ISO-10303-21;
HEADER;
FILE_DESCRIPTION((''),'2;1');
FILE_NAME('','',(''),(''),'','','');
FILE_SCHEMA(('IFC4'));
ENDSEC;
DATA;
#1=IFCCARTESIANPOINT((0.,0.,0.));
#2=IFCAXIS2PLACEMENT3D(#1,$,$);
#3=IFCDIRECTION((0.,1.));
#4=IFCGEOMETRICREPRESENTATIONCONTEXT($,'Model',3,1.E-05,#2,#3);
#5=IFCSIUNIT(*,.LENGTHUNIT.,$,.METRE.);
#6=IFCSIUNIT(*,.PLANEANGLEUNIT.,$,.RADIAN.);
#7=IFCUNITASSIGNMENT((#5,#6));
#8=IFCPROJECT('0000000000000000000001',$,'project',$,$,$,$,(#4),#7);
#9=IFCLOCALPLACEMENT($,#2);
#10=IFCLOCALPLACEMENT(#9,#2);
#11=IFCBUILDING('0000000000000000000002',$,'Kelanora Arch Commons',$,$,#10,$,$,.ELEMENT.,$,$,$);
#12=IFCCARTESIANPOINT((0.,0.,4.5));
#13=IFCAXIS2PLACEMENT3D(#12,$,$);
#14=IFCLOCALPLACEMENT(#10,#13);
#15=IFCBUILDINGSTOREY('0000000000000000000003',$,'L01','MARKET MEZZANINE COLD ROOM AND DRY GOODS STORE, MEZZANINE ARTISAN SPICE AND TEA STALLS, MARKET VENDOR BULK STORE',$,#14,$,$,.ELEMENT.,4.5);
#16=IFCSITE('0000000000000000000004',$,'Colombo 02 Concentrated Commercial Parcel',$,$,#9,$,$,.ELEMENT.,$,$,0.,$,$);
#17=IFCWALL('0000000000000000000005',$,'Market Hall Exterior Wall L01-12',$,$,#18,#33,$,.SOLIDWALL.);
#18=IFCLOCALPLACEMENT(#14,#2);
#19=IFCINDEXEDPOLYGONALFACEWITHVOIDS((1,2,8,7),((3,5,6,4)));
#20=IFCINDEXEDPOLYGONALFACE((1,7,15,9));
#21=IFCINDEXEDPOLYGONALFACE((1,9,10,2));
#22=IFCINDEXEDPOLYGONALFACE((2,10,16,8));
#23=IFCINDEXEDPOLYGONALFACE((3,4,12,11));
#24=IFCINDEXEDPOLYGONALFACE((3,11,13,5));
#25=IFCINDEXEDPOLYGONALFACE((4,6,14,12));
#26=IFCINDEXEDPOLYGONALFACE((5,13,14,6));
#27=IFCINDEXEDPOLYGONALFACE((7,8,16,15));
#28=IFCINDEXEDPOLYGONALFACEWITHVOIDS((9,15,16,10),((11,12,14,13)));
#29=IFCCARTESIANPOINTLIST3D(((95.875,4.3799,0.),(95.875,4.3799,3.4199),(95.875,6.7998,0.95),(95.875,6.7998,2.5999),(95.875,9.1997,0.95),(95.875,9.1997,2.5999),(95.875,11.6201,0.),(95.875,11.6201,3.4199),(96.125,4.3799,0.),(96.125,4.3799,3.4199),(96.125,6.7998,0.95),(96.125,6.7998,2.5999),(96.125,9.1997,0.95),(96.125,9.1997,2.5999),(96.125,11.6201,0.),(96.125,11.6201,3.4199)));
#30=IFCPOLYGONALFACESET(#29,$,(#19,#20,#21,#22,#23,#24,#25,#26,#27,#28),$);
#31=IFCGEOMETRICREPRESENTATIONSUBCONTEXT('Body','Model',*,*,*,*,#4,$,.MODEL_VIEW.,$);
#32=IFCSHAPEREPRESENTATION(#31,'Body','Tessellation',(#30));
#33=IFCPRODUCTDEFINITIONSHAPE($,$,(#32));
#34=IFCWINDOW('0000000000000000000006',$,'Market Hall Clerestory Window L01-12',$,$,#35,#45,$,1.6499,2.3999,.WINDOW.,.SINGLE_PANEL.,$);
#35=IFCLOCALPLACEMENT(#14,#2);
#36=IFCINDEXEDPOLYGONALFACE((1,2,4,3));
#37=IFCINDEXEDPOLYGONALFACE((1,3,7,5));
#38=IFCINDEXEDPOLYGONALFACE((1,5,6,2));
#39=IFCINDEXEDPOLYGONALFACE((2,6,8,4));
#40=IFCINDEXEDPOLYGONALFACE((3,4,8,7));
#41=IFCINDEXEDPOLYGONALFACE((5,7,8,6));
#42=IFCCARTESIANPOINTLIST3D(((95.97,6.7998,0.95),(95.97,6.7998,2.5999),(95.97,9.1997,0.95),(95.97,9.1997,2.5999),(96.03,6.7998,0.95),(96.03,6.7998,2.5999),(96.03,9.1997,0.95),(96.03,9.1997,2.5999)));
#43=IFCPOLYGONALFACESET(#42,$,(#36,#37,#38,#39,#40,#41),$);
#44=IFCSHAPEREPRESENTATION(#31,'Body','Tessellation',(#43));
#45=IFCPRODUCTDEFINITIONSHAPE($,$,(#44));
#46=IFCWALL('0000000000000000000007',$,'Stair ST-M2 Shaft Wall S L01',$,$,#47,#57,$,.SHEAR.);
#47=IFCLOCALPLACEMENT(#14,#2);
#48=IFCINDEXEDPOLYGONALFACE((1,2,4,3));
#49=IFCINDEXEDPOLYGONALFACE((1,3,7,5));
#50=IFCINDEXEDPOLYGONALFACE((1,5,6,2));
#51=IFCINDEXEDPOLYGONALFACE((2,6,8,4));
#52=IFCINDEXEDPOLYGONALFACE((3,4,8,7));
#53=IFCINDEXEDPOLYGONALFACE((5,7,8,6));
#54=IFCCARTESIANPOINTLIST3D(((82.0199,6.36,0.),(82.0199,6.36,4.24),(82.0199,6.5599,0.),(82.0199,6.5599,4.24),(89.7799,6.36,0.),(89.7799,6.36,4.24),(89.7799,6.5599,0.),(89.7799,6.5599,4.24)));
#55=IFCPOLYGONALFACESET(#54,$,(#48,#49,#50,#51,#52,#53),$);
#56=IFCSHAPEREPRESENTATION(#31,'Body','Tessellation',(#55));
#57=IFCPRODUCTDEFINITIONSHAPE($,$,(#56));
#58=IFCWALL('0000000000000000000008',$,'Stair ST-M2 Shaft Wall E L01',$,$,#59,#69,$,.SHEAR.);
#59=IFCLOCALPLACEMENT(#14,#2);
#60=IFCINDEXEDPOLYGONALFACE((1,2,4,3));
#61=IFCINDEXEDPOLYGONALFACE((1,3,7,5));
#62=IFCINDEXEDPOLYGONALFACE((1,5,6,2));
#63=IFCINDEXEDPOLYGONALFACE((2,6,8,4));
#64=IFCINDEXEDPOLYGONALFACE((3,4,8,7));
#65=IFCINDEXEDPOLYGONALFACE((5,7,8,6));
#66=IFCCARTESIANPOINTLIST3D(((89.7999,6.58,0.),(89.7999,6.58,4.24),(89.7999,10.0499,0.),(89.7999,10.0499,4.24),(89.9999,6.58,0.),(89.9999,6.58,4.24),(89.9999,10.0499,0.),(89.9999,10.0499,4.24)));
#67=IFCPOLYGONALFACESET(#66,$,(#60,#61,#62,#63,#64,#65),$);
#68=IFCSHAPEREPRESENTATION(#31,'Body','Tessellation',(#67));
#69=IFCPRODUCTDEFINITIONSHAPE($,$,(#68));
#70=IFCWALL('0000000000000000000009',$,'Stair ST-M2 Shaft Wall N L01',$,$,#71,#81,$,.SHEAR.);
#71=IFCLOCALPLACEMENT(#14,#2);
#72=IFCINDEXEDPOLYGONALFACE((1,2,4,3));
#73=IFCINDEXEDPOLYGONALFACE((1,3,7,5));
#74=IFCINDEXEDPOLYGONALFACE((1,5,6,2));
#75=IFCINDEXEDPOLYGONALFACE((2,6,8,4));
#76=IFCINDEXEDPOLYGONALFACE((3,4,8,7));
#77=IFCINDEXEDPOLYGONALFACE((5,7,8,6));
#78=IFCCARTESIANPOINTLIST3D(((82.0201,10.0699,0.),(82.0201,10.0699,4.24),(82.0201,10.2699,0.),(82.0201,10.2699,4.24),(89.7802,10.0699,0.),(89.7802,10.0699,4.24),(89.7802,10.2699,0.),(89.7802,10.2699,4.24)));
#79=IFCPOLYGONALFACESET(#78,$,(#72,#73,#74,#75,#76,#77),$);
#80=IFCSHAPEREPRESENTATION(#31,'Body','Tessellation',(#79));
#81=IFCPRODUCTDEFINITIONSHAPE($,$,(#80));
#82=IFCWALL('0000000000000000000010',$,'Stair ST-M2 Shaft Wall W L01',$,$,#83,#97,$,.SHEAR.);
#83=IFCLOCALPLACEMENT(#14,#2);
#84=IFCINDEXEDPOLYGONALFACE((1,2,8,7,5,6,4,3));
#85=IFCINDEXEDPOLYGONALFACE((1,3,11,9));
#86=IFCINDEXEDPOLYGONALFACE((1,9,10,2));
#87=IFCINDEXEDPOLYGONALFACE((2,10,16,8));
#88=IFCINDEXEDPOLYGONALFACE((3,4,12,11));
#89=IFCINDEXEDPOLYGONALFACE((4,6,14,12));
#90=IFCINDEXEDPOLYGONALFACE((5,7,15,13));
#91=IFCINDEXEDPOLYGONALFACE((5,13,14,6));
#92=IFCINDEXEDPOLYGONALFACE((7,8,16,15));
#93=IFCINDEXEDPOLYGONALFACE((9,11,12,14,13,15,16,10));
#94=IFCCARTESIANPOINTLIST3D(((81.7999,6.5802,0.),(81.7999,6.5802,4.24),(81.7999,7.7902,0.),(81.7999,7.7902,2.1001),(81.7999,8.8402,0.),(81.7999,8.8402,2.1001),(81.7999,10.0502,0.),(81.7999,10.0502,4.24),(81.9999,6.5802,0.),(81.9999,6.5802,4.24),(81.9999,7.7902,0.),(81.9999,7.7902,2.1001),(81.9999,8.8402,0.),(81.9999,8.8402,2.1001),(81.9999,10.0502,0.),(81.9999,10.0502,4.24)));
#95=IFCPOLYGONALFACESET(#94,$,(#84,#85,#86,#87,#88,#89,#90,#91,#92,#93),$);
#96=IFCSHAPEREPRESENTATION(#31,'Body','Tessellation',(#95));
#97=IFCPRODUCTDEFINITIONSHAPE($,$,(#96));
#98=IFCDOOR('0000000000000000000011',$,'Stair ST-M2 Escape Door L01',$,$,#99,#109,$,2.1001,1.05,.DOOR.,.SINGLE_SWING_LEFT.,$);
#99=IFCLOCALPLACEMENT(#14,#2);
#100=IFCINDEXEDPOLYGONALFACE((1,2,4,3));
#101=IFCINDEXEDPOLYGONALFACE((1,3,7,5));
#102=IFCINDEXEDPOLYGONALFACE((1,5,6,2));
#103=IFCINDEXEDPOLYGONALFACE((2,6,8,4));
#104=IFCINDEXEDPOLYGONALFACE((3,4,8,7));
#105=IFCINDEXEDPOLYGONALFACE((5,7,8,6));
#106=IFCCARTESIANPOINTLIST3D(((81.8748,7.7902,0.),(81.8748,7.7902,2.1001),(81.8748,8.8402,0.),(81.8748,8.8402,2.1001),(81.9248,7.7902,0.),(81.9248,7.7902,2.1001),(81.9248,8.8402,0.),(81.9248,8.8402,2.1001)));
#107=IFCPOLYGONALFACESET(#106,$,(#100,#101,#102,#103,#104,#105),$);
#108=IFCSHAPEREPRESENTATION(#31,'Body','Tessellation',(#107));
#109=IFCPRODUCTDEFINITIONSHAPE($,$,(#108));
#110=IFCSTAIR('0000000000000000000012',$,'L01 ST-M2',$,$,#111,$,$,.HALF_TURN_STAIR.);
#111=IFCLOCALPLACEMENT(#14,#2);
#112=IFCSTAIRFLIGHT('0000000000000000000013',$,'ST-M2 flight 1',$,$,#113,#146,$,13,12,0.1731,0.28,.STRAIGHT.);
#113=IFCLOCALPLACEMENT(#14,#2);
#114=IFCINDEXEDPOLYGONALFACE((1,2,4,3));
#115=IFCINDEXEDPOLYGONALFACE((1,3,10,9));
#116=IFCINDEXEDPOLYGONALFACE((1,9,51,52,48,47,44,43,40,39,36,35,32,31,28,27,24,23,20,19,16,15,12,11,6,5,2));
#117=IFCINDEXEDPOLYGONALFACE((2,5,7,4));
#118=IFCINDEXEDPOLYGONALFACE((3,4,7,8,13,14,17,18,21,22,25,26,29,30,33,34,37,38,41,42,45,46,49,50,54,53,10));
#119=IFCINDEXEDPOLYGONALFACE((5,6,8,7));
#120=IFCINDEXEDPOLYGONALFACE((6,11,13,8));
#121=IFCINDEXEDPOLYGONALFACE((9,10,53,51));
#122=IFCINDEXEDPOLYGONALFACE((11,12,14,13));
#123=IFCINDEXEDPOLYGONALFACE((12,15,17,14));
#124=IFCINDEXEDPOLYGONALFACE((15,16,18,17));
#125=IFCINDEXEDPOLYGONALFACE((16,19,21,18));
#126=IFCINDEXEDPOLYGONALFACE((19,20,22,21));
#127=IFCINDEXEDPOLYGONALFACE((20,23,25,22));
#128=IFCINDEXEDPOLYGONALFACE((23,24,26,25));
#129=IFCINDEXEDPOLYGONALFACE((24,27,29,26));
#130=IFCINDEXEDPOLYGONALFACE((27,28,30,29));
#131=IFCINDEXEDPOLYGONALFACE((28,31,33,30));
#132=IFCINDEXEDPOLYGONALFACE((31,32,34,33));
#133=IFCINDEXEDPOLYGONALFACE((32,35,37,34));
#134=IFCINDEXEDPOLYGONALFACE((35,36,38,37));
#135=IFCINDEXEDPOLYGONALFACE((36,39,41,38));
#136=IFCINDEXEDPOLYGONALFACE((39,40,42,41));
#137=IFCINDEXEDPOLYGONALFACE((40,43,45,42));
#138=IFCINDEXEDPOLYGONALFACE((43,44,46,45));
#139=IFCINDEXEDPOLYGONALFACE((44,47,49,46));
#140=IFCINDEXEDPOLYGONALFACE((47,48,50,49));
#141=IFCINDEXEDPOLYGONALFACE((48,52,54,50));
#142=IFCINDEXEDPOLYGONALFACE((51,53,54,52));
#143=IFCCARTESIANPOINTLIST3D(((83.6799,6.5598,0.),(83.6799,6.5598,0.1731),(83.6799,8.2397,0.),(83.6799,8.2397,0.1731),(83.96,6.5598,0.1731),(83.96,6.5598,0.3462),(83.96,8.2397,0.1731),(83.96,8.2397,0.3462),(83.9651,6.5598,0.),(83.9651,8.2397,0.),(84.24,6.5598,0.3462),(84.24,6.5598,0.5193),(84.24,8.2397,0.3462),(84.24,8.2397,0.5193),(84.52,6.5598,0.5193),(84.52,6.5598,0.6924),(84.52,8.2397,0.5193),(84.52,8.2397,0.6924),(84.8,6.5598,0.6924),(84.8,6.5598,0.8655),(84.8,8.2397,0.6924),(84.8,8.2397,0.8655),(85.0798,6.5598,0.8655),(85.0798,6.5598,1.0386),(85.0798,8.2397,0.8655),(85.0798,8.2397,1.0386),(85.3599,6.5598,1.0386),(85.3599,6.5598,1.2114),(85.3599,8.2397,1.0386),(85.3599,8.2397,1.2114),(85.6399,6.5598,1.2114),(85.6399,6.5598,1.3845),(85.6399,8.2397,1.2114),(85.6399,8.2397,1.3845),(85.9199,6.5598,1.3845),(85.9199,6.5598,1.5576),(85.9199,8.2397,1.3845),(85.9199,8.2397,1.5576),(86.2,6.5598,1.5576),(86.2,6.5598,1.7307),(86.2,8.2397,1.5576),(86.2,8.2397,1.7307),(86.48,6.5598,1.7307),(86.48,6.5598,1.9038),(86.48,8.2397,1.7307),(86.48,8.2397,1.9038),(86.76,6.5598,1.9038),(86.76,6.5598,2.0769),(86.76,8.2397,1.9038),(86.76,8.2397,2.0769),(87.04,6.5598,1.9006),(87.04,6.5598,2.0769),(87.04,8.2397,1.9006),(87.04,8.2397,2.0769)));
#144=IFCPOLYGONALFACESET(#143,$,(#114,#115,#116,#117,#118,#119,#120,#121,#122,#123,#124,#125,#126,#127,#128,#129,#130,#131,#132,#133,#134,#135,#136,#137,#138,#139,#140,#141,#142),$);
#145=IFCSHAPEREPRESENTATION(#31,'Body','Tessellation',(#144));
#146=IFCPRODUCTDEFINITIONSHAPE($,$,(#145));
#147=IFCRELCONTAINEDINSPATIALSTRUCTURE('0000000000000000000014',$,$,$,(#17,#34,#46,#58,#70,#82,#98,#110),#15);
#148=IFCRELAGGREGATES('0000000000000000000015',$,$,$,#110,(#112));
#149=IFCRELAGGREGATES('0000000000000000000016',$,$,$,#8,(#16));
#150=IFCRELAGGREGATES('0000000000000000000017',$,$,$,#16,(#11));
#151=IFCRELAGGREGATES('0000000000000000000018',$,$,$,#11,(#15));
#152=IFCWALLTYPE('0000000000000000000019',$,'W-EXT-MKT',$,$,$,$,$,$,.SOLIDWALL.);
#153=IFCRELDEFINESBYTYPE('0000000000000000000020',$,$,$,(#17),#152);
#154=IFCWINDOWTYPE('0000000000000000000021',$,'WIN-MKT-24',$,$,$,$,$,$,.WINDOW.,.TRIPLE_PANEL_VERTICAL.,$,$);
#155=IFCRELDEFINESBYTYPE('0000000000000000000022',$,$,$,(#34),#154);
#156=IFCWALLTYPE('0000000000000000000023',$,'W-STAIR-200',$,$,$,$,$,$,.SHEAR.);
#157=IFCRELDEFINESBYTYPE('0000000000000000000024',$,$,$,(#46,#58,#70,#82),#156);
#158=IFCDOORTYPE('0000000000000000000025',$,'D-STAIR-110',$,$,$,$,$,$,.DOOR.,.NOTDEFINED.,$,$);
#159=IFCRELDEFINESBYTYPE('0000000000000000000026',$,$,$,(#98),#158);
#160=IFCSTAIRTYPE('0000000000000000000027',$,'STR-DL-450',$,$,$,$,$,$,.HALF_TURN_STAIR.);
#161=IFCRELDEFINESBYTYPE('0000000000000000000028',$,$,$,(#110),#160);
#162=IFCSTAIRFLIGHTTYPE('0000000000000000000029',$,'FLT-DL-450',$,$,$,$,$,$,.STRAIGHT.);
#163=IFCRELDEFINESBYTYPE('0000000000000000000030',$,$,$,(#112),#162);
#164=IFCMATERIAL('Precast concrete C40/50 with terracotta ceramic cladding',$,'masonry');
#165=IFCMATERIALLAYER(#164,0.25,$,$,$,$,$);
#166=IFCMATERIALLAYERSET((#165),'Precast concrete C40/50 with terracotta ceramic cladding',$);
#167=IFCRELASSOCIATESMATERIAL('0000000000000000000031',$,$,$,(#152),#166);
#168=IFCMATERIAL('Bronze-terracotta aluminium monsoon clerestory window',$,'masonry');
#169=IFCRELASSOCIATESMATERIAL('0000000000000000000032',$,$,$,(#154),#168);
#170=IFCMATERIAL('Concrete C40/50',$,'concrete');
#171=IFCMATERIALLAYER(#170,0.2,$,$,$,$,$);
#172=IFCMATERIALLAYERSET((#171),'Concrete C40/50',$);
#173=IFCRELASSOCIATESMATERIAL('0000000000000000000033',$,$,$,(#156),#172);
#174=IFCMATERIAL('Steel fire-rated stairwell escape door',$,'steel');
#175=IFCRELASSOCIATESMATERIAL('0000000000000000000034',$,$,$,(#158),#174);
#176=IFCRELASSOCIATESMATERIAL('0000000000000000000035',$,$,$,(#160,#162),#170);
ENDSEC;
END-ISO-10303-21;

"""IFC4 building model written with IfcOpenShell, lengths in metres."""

from ifc_helpers import new_model, si_unit, direction, frame, frame_2d, origin, place, context, subcontext, project, spatial, polyline, rectangle, outline, extrude, material, layer, layer_set, type_object, element, fill, aggregate, save


model = new_model("IFC4")

# Units and contexts
model_context = context("Model", 3, precision=1e-05, world=origin(), true_north=direction((0.0, 1.0)))
body_context = subcontext(model_context, "Body", "Model", "MODEL_VIEW")
ifc_project = project(units=[si_unit("LENGTHUNIT", "METRE"), si_unit("PLANEANGLEUNIT", "RADIAN")], contexts=[model_context])

# Site, building, storey
site_placement = place(None, origin())
site = spatial("IfcSite", under=ifc_project, at=site_placement, Name="Colombo 02 Concentrated Commercial Parcel", CompositionType="ELEMENT", RefElevation=0.0)
building_placement = place(site_placement, origin())
building = spatial("IfcBuilding", under=site, at=building_placement, Name="Kelanora Arch Commons", CompositionType="ELEMENT")
storey_placement = place(building_placement, frame((0.0, 0.0, 4.5)))
storey = spatial("IfcBuildingStorey", under=building, at=storey_placement, Name="L01", Description="MARKET MEZZANINE COLD ROOM AND DRY GOODS STORE, MEZZANINE ARTISAN SPICE AND TEA STALLS, MARKET VENDOR BULK STORE", CompositionType="ELEMENT", Elevation=4.5)

# Shared definitions
ifc_material_1 = material(Name="Concrete C40/50", Category="concrete")

# Wall, opening, window
ifc_material_2 = material(Name="Precast concrete C40/50 with terracotta ceramic cladding", Category="masonry")
ifc_layer_1 = layer(ifc_material_2, 0.25)
ifc_layer_set_1 = layer_set([ifc_layer_1], Name="Precast concrete C40/50 with terracotta ceramic cladding")
wall_type_1 = type_object("IfcWallType", Name="W-EXT-MKT", PredefinedType="SOLIDWALL", material=ifc_layer_set_1)
ifc_material_3 = material(Name="Bronze-terracotta aluminium monsoon clerestory window", Category="masonry")
window_type = type_object("IfcWindowType", Name="WIN-MKT-24", PartitioningType="TRIPLE_PANEL_VERTICAL", PredefinedType="WINDOW", material=ifc_material_3)
wall_1_placement = place(storey_placement, frame((96.0, 4.3799, 0.0), z_axis=(0.0, 0.0, 1.0), x_axis=(0.0, 1.0, 0.0)))
wall_1 = element("IfcWall", 1, at=wall_1_placement, inside=storey, type_object=wall_type_1, Name="Market Hall Exterior Wall L01-12", PredefinedType="SOLIDWALL", context=body_context, shape_type="SweptSolid", body=[
    extrude(rectangle(XDim=7.2402, YDim=0.25, at=frame_2d((3.6201, 0.0))), origin(), (0.0, 0.0, 1.0), 3.4199),
])
opening_1_placement = place(wall_1_placement, frame((2.4199, 0.0, 0.95)))
opening_1 = element("IfcOpeningElement", 2, at=opening_1_placement, cuts=wall_1, PredefinedType="OPENING", context=body_context, shape_type="SweptSolid", body=[
    extrude(rectangle(XDim=2.3999, YDim=1.6499, at=frame_2d((1.2, 0.825))), frame((0.0, 0.135, 0.0), z_axis=(0.0, -1.0, 0.0), x_axis=(1.0, 0.0, 0.0)), (0.0, 0.0, 1.0), 0.27),
])
window_1_placement = place(opening_1_placement, origin())
window_1 = element("IfcWindow", 3, at=window_1_placement, inside=storey, type_object=window_type, Name="Market Hall Clerestory Window L01-12", OverallHeight=1.6499, OverallWidth=2.3999, PartitioningType="SINGLE_PANEL", PredefinedType="WINDOW", context=body_context, shape_type="SweptSolid", body=[
    extrude(rectangle(XDim=2.3999, YDim=1.6499, at=frame_2d((1.2, 0.825))), frame((0.0, 0.03, 0.0), z_axis=(0.0, -1.0, 0.0), x_axis=(1.0, 0.0, 0.0)), (0.0, 0.0, 1.0), 0.0601),
])
fill(opening_1, window_1)

# Walls
ifc_layer_2 = layer(ifc_material_1, 0.2)
ifc_layer_set_2 = layer_set([ifc_layer_2], Name="Concrete C40/50")
wall_type_2 = type_object("IfcWallType", Name="W-STAIR-200", PredefinedType="SHEAR", material=ifc_layer_set_2)
wall_2_placement = place(storey_placement, frame((82.02, 6.46, 0.0), z_axis=(0.0, 0.0, 1.0), x_axis=(1.0, 0.0, 0.0)))
element("IfcWall", 4, at=wall_2_placement, inside=storey, type_object=wall_type_2, Name="Stair ST-M2 Shaft Wall S L01", PredefinedType="SHEAR", context=body_context, shape_type="SweptSolid", body=[
    extrude(rectangle(XDim=7.76, YDim=0.2, at=frame_2d((3.8799, 0.0))), origin(), (0.0, 0.0, 1.0), 4.24),
])
wall_3_placement = place(storey_placement, frame((89.8999, 6.5801, 0.0), z_axis=(0.0, 0.0, 1.0), x_axis=(0.0, 1.0, 0.0)))
element("IfcWall", 5, at=wall_3_placement, inside=storey, type_object=wall_type_2, Name="Stair ST-M2 Shaft Wall E L01", PredefinedType="SHEAR", context=body_context, shape_type="SweptSolid", body=[
    extrude(rectangle(XDim=3.47, YDim=0.2, at=frame_2d((1.7349, 0.0))), origin(), (0.0, 0.0, 1.0), 4.24),
])
wall_4_placement = place(storey_placement, frame((89.78, 10.1699, 0.0), z_axis=(0.0, 0.0, 1.0), x_axis=(-1.0, 0.0, 0.0)))
element("IfcWall", 6, at=wall_4_placement, inside=storey, type_object=wall_type_2, Name="Stair ST-M2 Shaft Wall N L01", PredefinedType="SHEAR", context=body_context, shape_type="SweptSolid", body=[
    extrude(rectangle(XDim=7.76, YDim=0.2, at=frame_2d((3.8799, 0.0))), origin(), (0.0, 0.0, 1.0), 4.24),
])

# Wall, opening, door
wall_5_placement = place(storey_placement, frame((81.8999, 10.05, 0.0), z_axis=(0.0, 0.0, 1.0), x_axis=(0.0, -1.0, 0.0)))
wall_5 = element("IfcWall", 7, at=wall_5_placement, inside=storey, type_object=wall_type_2, Name="Stair ST-M2 Shaft Wall W L01", PredefinedType="SHEAR", context=body_context, shape_type="SweptSolid", body=[
    extrude(rectangle(XDim=3.47, YDim=0.2, at=frame_2d((1.7349, 0.0))), origin(), (0.0, 0.0, 1.0), 4.24),
])
opening_2_placement = place(wall_5_placement, frame((1.21, 0.0, 0.0)))
opening_2 = element("IfcOpeningElement", 8, at=opening_2_placement, cuts=wall_5, PredefinedType="OPENING", context=body_context, shape_type="SweptSolid", body=[
    extrude(rectangle(XDim=1.05, YDim=2.1001, at=frame_2d((0.5249, 1.05))), frame((0.0, 0.1099, 0.0), z_axis=(0.0, -1.0, 0.0), x_axis=(1.0, 0.0, 0.0)), (0.0, 0.0, 1.0), 0.22),
])
ifc_material_4 = material(Name="Steel fire-rated stairwell escape door", Category="steel")
door_type = type_object("IfcDoorType", Name="D-STAIR-110", OperationType="NOTDEFINED", PredefinedType="DOOR", material=ifc_material_4)
door_placement = place(opening_2_placement, origin())
door = element("IfcDoor", 9, at=door_placement, inside=storey, type_object=door_type, Name="Stair ST-M2 Escape Door L01", OperationType="SINGLE_SWING_LEFT", OverallHeight=2.1001, OverallWidth=1.05, PredefinedType="DOOR", context=body_context, shape_type="SweptSolid", body=[
    extrude(rectangle(XDim=1.05, YDim=2.1001, at=frame_2d((0.5249, 1.05))), frame((0.0, 0.0249, 0.0), z_axis=(0.0, -1.0, 0.0), x_axis=(1.0, 0.0, 0.0)), (0.0, 0.0, 1.0), 0.05),
])
fill(opening_2, door)

# Stair, stair flight
stair_type = type_object("IfcStairType", Name="STR-DL-450", PredefinedType="HALF_TURN_STAIR", material=ifc_material_1)
stair_placement = place(storey_placement, origin())
stair = element("IfcStair", 10, at=stair_placement, inside=storey, type_object=stair_type, Name="L01 ST-M2", PredefinedType="HALF_TURN_STAIR")
stair_flight_type = type_object("IfcStairFlightType", Name="FLT-DL-450", PredefinedType="STRAIGHT", material=ifc_material_1)
stair_flight_1_placement = place(storey_placement, frame((83.6799, 7.3999, 0.0), z_axis=(0.0, 0.0, 1.0), x_axis=(1.0, 0.0, 0.0)))
stair_flight_1 = element("IfcStairFlight", 11, at=stair_flight_1_placement, type_object=stair_flight_type, Name="ST-M2 flight 1", NumberOfRisers=13, NumberOfTreads=12, PredefinedType="STRAIGHT", RiserHeight=0.1731, TreadLength=0.28, context=body_context, shape_type="SweptSolid", body=[
    extrude(outline(polyline([(0.0, 0.0), (0.0, 0.1731), (0.28, 0.1731), (0.28, 0.3462), (0.5601, 0.3462), (0.5601, 0.5193), (0.8401, 0.5193), (0.8401, 0.6924), (1.1201, 0.6924), (1.1201, 0.8655), (1.3999, 0.8655), (1.3999, 1.0386), (1.6799, 1.0386), (1.6799, 1.2114), (1.96, 1.2114), (1.96, 1.3845), (2.24, 1.3845), (2.24, 1.5576), (2.52, 1.5576), (2.52, 1.7307), (2.8, 1.7307), (2.8, 1.9038), (3.0801, 1.9038), (3.0801, 2.0769), (3.3601, 2.0769), (3.3601, 2.25), (3.3601, 1.9006), (0.2852, 0.0), (0.0, 0.0)])), frame((0.0, 0.8398, 0.0), z_axis=(0.0, -1.0, 0.0), x_axis=(1.0, 0.0, 0.0)), (0.0, 0.0, 1.0), 1.6799),
])
aggregate(stair, [stair_flight_1])

save(model, "model.ifc")
